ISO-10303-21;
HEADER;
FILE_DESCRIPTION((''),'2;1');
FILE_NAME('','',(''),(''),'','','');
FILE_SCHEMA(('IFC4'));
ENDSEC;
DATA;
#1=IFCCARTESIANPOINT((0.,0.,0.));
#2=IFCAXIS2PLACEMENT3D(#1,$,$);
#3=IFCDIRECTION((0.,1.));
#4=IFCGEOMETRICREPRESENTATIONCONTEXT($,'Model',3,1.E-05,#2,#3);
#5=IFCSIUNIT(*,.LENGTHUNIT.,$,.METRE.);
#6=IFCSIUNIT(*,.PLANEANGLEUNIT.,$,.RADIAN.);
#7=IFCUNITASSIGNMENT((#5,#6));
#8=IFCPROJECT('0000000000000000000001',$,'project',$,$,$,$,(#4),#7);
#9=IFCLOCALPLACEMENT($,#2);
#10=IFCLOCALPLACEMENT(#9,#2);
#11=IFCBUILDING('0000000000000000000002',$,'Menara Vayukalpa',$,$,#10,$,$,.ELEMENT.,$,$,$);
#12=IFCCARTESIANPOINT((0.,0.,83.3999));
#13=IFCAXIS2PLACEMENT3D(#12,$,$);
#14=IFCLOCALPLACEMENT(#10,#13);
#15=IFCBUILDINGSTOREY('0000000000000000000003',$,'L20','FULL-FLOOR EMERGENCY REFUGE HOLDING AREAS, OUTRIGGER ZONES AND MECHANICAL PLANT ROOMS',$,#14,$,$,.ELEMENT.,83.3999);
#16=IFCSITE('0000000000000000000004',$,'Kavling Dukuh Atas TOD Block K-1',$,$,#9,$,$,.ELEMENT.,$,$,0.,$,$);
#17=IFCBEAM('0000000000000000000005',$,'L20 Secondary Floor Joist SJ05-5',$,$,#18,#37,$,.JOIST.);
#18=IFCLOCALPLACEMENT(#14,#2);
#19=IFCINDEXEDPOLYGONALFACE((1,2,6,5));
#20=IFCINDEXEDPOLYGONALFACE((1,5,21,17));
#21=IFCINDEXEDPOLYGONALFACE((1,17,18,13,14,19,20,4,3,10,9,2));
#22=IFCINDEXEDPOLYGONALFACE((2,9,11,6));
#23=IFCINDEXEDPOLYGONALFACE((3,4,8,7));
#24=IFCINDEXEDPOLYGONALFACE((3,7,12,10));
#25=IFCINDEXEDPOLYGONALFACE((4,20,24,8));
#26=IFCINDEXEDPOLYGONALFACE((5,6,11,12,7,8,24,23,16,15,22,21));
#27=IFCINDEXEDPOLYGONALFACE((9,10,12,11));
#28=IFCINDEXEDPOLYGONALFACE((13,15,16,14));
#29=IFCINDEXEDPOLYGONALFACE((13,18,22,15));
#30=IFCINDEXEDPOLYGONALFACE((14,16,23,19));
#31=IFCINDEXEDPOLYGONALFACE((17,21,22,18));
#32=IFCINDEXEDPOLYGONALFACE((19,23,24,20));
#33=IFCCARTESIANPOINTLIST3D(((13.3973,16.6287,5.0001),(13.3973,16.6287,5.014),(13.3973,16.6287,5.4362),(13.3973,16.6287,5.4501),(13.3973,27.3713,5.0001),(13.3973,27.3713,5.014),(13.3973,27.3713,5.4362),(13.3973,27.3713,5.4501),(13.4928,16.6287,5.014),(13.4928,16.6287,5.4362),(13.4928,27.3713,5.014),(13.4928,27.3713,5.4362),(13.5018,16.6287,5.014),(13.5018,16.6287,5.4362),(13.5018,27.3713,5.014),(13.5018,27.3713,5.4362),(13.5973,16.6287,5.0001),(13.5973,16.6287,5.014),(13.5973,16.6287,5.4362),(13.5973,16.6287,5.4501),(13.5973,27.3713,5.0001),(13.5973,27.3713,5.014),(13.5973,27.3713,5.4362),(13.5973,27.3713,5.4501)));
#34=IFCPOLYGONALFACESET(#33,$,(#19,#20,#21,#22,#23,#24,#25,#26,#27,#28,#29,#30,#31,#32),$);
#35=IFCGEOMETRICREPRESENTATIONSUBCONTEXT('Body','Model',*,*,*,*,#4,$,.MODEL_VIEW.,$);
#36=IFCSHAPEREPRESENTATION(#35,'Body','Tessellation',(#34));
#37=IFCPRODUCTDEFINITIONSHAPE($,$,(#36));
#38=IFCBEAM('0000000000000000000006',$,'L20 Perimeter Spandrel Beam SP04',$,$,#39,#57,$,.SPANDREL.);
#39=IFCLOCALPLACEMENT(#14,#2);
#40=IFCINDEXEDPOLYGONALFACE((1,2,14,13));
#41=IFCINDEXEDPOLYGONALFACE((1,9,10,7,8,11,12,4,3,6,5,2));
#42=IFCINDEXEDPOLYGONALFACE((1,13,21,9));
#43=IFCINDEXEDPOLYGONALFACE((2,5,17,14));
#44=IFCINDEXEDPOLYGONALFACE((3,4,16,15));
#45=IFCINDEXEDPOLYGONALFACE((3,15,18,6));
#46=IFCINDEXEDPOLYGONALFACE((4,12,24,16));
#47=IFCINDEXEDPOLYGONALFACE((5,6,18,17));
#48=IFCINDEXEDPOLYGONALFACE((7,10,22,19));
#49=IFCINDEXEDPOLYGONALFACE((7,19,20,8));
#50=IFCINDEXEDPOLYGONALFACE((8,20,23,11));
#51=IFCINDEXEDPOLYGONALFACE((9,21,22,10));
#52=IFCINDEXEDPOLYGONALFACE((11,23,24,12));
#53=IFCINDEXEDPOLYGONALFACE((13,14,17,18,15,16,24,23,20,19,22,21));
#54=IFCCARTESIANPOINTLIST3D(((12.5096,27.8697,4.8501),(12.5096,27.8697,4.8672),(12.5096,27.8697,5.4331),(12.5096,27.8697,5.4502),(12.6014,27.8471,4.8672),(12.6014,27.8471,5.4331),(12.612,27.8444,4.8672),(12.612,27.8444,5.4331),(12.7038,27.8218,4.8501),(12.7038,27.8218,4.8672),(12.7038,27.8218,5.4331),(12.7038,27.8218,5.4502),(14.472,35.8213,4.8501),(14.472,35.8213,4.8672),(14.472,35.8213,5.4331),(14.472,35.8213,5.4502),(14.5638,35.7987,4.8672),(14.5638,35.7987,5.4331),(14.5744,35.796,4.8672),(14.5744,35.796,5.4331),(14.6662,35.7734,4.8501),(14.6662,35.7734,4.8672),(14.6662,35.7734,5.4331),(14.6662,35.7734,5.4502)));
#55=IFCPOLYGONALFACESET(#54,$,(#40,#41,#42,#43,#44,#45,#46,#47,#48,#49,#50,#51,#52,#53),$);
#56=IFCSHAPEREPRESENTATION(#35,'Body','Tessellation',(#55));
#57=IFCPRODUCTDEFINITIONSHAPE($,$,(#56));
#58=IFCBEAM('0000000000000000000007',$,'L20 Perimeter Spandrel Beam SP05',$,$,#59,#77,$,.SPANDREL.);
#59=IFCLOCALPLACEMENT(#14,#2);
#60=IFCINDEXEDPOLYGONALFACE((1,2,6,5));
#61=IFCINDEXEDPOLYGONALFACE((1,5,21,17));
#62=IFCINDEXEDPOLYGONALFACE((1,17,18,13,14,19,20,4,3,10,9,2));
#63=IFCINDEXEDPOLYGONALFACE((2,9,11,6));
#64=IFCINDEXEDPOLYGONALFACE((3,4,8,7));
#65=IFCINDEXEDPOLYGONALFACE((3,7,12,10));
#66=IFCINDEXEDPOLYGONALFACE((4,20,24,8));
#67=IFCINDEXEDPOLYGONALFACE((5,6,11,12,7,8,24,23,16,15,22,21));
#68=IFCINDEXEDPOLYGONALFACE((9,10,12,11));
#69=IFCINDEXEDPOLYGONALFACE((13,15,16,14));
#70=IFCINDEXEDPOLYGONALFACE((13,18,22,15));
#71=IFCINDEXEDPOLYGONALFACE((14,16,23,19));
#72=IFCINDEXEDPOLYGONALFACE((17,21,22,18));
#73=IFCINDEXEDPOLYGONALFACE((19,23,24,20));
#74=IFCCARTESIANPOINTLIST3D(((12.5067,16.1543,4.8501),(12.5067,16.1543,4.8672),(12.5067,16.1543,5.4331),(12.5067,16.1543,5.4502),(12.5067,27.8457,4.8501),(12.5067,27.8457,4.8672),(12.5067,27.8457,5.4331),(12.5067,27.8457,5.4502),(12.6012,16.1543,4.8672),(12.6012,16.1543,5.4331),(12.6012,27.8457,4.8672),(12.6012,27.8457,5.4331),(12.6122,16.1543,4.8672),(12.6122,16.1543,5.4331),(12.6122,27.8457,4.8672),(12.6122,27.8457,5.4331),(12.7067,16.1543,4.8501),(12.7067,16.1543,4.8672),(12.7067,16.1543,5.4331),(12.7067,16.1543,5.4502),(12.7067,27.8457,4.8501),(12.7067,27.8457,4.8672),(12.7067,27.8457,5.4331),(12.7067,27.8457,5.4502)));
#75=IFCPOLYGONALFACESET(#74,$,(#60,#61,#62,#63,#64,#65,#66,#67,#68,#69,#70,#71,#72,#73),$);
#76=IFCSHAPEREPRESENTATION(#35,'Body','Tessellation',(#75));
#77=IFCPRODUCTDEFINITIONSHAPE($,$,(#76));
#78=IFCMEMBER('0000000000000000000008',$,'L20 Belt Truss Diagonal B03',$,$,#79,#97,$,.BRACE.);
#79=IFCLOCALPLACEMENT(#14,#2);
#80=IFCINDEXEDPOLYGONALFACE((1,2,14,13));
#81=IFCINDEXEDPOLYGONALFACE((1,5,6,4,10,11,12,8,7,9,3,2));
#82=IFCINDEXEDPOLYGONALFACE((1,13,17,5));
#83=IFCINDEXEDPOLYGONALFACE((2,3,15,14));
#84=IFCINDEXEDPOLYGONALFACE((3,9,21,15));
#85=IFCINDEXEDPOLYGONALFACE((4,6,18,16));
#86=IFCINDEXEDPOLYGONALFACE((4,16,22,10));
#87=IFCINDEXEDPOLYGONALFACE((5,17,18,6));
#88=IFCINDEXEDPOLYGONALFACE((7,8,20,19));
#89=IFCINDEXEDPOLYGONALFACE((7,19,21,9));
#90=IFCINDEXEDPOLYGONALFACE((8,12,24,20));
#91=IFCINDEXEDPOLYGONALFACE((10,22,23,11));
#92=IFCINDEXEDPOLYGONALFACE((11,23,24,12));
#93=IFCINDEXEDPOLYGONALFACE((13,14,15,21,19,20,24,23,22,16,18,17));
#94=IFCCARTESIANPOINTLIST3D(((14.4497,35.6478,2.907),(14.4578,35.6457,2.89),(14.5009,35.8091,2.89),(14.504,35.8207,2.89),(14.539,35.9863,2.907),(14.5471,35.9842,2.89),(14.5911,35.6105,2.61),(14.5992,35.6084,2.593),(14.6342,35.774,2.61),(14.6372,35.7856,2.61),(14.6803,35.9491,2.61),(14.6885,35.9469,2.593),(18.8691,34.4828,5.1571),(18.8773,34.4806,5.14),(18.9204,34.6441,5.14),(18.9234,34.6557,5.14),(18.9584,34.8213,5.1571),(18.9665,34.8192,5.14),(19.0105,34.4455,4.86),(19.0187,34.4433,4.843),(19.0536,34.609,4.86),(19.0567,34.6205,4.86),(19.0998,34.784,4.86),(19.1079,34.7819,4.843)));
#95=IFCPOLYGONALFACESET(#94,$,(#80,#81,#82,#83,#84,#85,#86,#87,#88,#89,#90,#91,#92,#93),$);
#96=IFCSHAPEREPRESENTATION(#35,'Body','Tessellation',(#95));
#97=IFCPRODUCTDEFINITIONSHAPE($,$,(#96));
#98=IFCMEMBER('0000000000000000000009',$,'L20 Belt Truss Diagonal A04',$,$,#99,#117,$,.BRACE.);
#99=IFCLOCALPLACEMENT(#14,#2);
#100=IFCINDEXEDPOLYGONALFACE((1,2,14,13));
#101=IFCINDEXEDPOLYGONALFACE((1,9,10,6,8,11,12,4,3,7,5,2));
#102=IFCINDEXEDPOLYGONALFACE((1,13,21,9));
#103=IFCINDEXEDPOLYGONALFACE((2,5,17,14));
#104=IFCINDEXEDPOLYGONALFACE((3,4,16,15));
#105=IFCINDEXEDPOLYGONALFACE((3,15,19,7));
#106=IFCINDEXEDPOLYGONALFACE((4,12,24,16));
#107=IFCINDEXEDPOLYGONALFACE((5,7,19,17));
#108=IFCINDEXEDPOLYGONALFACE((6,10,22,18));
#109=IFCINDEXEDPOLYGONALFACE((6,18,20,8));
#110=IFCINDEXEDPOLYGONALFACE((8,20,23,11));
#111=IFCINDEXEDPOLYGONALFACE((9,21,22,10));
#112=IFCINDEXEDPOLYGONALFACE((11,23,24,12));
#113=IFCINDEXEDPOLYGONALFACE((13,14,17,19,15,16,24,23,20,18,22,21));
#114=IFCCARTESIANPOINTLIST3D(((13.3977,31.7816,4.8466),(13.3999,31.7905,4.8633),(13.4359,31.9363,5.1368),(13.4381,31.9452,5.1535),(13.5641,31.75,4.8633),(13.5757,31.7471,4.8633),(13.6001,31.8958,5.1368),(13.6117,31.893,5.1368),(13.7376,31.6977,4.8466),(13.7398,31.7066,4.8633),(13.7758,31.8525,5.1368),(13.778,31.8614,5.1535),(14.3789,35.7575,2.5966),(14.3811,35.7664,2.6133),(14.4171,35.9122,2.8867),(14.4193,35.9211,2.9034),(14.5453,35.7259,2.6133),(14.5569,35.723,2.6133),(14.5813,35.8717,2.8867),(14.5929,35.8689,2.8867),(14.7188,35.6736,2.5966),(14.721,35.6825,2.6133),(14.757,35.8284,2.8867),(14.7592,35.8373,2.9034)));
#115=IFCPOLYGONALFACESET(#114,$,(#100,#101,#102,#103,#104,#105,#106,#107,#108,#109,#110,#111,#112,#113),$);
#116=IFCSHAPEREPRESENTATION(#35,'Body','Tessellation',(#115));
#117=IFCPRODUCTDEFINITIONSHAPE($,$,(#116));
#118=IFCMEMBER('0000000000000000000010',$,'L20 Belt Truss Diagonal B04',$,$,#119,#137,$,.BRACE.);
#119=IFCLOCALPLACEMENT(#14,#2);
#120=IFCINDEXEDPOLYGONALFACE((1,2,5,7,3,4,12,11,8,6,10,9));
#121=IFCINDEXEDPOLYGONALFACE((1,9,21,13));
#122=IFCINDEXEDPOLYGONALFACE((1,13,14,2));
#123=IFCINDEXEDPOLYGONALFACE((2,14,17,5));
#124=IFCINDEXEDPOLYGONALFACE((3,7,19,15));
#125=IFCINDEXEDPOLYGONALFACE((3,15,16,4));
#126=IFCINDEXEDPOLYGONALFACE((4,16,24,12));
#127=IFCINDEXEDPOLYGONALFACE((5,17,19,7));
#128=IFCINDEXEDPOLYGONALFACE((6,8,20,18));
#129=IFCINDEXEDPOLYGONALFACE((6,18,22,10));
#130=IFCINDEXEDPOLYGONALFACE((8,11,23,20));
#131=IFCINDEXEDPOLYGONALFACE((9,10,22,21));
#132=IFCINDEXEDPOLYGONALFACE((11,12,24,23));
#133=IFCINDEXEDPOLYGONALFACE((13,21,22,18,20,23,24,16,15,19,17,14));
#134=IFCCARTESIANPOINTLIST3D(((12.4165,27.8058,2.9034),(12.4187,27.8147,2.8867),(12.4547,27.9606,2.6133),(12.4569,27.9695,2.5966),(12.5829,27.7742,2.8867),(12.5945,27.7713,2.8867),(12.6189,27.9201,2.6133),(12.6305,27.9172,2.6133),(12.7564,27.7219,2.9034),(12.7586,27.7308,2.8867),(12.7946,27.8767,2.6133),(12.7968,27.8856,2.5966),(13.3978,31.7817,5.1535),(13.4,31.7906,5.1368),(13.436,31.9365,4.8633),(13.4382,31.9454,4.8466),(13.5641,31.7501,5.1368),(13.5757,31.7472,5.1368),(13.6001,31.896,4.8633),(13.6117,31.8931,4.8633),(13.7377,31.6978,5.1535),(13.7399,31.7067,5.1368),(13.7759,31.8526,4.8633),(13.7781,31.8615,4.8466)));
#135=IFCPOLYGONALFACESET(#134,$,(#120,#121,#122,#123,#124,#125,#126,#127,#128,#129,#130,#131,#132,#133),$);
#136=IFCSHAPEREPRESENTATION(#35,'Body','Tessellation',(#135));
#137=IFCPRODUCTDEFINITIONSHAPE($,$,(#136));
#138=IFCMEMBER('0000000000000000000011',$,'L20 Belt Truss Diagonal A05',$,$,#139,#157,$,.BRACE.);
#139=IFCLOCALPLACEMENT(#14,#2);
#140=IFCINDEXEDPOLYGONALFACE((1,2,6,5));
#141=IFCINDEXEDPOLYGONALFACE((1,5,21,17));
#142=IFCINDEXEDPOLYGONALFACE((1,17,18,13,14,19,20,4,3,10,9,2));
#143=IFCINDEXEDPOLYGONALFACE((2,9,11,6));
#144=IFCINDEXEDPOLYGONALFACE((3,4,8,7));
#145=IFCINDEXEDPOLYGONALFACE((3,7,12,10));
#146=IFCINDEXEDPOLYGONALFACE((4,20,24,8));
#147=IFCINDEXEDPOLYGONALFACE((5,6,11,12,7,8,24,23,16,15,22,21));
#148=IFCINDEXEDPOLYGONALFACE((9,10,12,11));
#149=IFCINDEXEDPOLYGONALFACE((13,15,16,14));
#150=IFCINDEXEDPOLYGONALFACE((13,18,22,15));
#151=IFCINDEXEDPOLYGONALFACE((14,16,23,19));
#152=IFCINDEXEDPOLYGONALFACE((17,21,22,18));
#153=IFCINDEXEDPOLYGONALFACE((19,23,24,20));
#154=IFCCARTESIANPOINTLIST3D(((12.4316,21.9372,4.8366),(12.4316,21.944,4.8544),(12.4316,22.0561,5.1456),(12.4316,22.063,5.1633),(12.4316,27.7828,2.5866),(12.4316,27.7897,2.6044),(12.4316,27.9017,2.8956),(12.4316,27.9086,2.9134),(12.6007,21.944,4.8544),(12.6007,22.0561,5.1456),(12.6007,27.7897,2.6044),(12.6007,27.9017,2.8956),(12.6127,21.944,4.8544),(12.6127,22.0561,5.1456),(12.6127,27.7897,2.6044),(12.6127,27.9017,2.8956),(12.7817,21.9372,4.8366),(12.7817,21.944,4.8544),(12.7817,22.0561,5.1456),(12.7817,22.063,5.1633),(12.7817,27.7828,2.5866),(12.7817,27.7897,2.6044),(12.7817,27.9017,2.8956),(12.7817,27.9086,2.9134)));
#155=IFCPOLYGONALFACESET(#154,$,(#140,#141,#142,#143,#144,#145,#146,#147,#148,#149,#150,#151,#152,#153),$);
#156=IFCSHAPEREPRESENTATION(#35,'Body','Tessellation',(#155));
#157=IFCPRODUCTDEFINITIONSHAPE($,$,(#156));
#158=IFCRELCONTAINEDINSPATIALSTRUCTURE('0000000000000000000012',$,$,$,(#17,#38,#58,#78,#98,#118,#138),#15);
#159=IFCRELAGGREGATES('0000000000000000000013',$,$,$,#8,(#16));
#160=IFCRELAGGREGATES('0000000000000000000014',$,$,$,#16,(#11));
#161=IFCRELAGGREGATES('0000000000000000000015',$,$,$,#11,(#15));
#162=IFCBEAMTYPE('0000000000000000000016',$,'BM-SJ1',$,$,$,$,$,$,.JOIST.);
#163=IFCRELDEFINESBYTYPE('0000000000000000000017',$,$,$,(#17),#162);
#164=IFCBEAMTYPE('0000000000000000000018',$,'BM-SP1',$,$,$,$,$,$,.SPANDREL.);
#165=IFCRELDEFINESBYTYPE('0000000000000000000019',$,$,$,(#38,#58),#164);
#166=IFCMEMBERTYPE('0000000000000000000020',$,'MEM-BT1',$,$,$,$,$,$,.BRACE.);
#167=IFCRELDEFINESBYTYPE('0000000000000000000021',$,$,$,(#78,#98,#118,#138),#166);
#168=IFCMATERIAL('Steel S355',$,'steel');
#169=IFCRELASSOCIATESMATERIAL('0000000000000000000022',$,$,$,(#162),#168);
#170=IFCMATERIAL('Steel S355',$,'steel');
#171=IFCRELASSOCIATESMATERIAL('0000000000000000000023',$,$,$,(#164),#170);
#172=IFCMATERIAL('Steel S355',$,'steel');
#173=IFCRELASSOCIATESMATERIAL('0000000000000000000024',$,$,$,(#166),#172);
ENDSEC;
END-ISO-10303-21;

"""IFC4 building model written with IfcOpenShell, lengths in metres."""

from ifc_helpers import new_model, si_unit, direction, frame, origin, origin_2d, place, context, subcontext, project, spatial, i_section, extrude, material, material_profile, profile_set, type_object, element, save


model = new_model("IFC4")

# Units and contexts
model_context = context("Model", 3, precision=1e-05, world=origin(), true_north=direction((0.0, 1.0)))
body_context = subcontext(model_context, "Body", "Model", "MODEL_VIEW")
ifc_project = project(units=[si_unit("LENGTHUNIT", "METRE"), si_unit("PLANEANGLEUNIT", "RADIAN")], contexts=[model_context])

# Site, building, storey
site_placement = place(None, origin())
site = spatial("IfcSite", under=ifc_project, at=site_placement, Name="Kavling Dukuh Atas TOD Block K-1", CompositionType="ELEMENT", RefElevation=0.0)
building_placement = place(site_placement, origin())
building = spatial("IfcBuilding", under=site, at=building_placement, Name="Menara Vayukalpa", CompositionType="ELEMENT")
storey_placement = place(building_placement, frame((0.0, 0.0, 83.3999)))
storey = spatial("IfcBuildingStorey", under=building, at=storey_placement, Name="L20", Description="FULL-FLOOR EMERGENCY REFUGE HOLDING AREAS, OUTRIGGER ZONES AND MECHANICAL PLANT ROOMS", CompositionType="ELEMENT", Elevation=83.3999)

# Beams
ifc_material_1 = material(Name="Steel S355", Category="steel")
ifc_material_profile_1 = material_profile(ifc_material_1, i_section(OverallWidth=0.2, OverallDepth=0.45, WebThickness=0.009, FlangeThickness=0.0139, at=origin_2d()), Name="WF 450x200x9x14")
ifc_profile_set_1 = profile_set([ifc_material_profile_1], Name="Steel S355")
beam_type_1 = type_object("IfcBeamType", Name="BM-SJ1", PredefinedType="JOIST", material=ifc_profile_set_1)
beam_1_placement = place(storey_placement, frame((13.4973, 27.3713, 5.2251), z_axis=(0.0, -1.0, 0.0), x_axis=(1.0, 0.0, 0.0)))
element("IfcBeam", 1, at=beam_1_placement, inside=storey, type_object=beam_type_1, Name="L20 Secondary Floor Joist SJ05-5", PredefinedType="JOIST", context=body_context, shape_type="SweptSolid", body=[
    extrude(i_section(OverallWidth=0.2, OverallDepth=0.45, WebThickness=0.009, FlangeThickness=0.0139, at=origin_2d()), origin(), (0.0, 0.0, 1.0), 10.7427),
])
ifc_material_2 = material(Name="Steel S355", Category="steel")
ifc_material_profile_2 = material_profile(ifc_material_2, i_section(OverallWidth=0.2, OverallDepth=0.6001, WebThickness=0.011, FlangeThickness=0.0171, at=origin_2d()), Name="WF 600x200x11x17")
ifc_profile_set_2 = profile_set([ifc_material_profile_2], Name="Steel S355")
beam_type_2 = type_object("IfcBeamType", Name="BM-SP1", PredefinedType="SPANDREL", material=ifc_profile_set_2)
beam_2_placement = place(storey_placement, frame((14.5691, 35.7974, 5.1501), z_axis=(-0.239603, -0.970871, 0.0), x_axis=(0.970871, -0.239603, 0.0)))
element("IfcBeam", 2, at=beam_2_placement, inside=storey, type_object=beam_type_2, Name="L20 Perimeter Spandrel Beam SP04", PredefinedType="SPANDREL", context=body_context, shape_type="SweptSolid", body=[
    extrude(i_section(OverallWidth=0.2, OverallDepth=0.6001, WebThickness=0.011, FlangeThickness=0.0171, at=origin_2d()), origin(), (0.0, 0.0, 1.0), 8.1902),
])
beam_3_placement = place(storey_placement, frame((12.6067, 27.8457, 5.1501), z_axis=(0.0, -1.0, 0.0), x_axis=(1.0, 0.0, 0.0)))
element("IfcBeam", 3, at=beam_3_placement, inside=storey, type_object=beam_type_2, Name="L20 Perimeter Spandrel Beam SP05", PredefinedType="SPANDREL", context=body_context, shape_type="SweptSolid", body=[
    extrude(i_section(OverallWidth=0.2, OverallDepth=0.6001, WebThickness=0.011, FlangeThickness=0.0171, at=origin_2d()), origin(), (0.0, 0.0, 1.0), 11.6914),
])

# Members
ifc_material_3 = material(Name="Steel S355", Category="steel")
ifc_material_profile_3 = material_profile(ifc_material_3, i_section(OverallWidth=0.3501, OverallDepth=0.3501, WebThickness=0.012, FlangeThickness=0.019, at=origin_2d()), Name="H 350x350x12x19")
ifc_profile_set_3 = profile_set([ifc_material_profile_3], Name="Steel S355")
member_type_1 = type_object("IfcMemberType", Name="MEM-BT1", PredefinedType="BRACE", material=ifc_profile_set_3)
member_1_placement = place(storey_placement, frame((14.5691, 35.7974, 2.75), z_axis=(0.867537, -0.228698, 0.441676), x_axis=(0.254909, 0.966965, 0.0)))
element("IfcMember", 4, at=member_1_placement, inside=storey, type_object=member_type_1, Name="L20 Belt Truss Diagonal B03", PredefinedType="BRACE", context=body_context, shape_type="SweptSolid", body=[
    extrude(i_section(OverallWidth=0.3501, OverallDepth=0.3501, WebThickness=0.012, FlangeThickness=0.019, at=origin_2d()), origin(), (0.0, 0.0, 1.0), 5.0942),
])
for number, where, z_axis, x_axis, name in (
    (5, (14.5691, 35.7974, 2.75), (-0.209994, -0.850896, 0.481538), (0.970871, -0.239603, 0.0), "L20 Belt Truss Diagonal A04"),
    (6, (12.6067, 27.8457, 2.75), (0.209994, 0.850896, 0.481538), (-0.970871, 0.239603, 0.0), "L20 Belt Truss Diagonal B04"),
):
    element("IfcMember", number, at=place(storey_placement, frame(where, z_axis=z_axis, x_axis=x_axis)), inside=storey, type_object=member_type_1, Name=name, PredefinedType="BRACE", context=body_context, shape_type="SweptSolid", body=[
        extrude(i_section(OverallWidth=0.3501, OverallDepth=0.3501, WebThickness=0.012, FlangeThickness=0.019, at=origin_2d()), origin(), (0.0, 0.0, 1.0), 4.6726),
    ])
member_2_placement = place(storey_placement, frame((12.6067, 27.8457, 2.75), z_axis=(0.0, -0.933257, 0.359209), x_axis=(1.0, 0.0, 0.0)))
element("IfcMember", 7, at=member_2_placement, inside=storey, type_object=member_type_1, Name="L20 Belt Truss Diagonal A05", PredefinedType="BRACE", context=body_context, shape_type="SweptSolid", body=[
    extrude(i_section(OverallWidth=0.3501, OverallDepth=0.3501, WebThickness=0.012, FlangeThickness=0.019, at=origin_2d()), origin(), (0.0, 0.0, 1.0), 6.2637),
])

save(model, "model.ifc")
